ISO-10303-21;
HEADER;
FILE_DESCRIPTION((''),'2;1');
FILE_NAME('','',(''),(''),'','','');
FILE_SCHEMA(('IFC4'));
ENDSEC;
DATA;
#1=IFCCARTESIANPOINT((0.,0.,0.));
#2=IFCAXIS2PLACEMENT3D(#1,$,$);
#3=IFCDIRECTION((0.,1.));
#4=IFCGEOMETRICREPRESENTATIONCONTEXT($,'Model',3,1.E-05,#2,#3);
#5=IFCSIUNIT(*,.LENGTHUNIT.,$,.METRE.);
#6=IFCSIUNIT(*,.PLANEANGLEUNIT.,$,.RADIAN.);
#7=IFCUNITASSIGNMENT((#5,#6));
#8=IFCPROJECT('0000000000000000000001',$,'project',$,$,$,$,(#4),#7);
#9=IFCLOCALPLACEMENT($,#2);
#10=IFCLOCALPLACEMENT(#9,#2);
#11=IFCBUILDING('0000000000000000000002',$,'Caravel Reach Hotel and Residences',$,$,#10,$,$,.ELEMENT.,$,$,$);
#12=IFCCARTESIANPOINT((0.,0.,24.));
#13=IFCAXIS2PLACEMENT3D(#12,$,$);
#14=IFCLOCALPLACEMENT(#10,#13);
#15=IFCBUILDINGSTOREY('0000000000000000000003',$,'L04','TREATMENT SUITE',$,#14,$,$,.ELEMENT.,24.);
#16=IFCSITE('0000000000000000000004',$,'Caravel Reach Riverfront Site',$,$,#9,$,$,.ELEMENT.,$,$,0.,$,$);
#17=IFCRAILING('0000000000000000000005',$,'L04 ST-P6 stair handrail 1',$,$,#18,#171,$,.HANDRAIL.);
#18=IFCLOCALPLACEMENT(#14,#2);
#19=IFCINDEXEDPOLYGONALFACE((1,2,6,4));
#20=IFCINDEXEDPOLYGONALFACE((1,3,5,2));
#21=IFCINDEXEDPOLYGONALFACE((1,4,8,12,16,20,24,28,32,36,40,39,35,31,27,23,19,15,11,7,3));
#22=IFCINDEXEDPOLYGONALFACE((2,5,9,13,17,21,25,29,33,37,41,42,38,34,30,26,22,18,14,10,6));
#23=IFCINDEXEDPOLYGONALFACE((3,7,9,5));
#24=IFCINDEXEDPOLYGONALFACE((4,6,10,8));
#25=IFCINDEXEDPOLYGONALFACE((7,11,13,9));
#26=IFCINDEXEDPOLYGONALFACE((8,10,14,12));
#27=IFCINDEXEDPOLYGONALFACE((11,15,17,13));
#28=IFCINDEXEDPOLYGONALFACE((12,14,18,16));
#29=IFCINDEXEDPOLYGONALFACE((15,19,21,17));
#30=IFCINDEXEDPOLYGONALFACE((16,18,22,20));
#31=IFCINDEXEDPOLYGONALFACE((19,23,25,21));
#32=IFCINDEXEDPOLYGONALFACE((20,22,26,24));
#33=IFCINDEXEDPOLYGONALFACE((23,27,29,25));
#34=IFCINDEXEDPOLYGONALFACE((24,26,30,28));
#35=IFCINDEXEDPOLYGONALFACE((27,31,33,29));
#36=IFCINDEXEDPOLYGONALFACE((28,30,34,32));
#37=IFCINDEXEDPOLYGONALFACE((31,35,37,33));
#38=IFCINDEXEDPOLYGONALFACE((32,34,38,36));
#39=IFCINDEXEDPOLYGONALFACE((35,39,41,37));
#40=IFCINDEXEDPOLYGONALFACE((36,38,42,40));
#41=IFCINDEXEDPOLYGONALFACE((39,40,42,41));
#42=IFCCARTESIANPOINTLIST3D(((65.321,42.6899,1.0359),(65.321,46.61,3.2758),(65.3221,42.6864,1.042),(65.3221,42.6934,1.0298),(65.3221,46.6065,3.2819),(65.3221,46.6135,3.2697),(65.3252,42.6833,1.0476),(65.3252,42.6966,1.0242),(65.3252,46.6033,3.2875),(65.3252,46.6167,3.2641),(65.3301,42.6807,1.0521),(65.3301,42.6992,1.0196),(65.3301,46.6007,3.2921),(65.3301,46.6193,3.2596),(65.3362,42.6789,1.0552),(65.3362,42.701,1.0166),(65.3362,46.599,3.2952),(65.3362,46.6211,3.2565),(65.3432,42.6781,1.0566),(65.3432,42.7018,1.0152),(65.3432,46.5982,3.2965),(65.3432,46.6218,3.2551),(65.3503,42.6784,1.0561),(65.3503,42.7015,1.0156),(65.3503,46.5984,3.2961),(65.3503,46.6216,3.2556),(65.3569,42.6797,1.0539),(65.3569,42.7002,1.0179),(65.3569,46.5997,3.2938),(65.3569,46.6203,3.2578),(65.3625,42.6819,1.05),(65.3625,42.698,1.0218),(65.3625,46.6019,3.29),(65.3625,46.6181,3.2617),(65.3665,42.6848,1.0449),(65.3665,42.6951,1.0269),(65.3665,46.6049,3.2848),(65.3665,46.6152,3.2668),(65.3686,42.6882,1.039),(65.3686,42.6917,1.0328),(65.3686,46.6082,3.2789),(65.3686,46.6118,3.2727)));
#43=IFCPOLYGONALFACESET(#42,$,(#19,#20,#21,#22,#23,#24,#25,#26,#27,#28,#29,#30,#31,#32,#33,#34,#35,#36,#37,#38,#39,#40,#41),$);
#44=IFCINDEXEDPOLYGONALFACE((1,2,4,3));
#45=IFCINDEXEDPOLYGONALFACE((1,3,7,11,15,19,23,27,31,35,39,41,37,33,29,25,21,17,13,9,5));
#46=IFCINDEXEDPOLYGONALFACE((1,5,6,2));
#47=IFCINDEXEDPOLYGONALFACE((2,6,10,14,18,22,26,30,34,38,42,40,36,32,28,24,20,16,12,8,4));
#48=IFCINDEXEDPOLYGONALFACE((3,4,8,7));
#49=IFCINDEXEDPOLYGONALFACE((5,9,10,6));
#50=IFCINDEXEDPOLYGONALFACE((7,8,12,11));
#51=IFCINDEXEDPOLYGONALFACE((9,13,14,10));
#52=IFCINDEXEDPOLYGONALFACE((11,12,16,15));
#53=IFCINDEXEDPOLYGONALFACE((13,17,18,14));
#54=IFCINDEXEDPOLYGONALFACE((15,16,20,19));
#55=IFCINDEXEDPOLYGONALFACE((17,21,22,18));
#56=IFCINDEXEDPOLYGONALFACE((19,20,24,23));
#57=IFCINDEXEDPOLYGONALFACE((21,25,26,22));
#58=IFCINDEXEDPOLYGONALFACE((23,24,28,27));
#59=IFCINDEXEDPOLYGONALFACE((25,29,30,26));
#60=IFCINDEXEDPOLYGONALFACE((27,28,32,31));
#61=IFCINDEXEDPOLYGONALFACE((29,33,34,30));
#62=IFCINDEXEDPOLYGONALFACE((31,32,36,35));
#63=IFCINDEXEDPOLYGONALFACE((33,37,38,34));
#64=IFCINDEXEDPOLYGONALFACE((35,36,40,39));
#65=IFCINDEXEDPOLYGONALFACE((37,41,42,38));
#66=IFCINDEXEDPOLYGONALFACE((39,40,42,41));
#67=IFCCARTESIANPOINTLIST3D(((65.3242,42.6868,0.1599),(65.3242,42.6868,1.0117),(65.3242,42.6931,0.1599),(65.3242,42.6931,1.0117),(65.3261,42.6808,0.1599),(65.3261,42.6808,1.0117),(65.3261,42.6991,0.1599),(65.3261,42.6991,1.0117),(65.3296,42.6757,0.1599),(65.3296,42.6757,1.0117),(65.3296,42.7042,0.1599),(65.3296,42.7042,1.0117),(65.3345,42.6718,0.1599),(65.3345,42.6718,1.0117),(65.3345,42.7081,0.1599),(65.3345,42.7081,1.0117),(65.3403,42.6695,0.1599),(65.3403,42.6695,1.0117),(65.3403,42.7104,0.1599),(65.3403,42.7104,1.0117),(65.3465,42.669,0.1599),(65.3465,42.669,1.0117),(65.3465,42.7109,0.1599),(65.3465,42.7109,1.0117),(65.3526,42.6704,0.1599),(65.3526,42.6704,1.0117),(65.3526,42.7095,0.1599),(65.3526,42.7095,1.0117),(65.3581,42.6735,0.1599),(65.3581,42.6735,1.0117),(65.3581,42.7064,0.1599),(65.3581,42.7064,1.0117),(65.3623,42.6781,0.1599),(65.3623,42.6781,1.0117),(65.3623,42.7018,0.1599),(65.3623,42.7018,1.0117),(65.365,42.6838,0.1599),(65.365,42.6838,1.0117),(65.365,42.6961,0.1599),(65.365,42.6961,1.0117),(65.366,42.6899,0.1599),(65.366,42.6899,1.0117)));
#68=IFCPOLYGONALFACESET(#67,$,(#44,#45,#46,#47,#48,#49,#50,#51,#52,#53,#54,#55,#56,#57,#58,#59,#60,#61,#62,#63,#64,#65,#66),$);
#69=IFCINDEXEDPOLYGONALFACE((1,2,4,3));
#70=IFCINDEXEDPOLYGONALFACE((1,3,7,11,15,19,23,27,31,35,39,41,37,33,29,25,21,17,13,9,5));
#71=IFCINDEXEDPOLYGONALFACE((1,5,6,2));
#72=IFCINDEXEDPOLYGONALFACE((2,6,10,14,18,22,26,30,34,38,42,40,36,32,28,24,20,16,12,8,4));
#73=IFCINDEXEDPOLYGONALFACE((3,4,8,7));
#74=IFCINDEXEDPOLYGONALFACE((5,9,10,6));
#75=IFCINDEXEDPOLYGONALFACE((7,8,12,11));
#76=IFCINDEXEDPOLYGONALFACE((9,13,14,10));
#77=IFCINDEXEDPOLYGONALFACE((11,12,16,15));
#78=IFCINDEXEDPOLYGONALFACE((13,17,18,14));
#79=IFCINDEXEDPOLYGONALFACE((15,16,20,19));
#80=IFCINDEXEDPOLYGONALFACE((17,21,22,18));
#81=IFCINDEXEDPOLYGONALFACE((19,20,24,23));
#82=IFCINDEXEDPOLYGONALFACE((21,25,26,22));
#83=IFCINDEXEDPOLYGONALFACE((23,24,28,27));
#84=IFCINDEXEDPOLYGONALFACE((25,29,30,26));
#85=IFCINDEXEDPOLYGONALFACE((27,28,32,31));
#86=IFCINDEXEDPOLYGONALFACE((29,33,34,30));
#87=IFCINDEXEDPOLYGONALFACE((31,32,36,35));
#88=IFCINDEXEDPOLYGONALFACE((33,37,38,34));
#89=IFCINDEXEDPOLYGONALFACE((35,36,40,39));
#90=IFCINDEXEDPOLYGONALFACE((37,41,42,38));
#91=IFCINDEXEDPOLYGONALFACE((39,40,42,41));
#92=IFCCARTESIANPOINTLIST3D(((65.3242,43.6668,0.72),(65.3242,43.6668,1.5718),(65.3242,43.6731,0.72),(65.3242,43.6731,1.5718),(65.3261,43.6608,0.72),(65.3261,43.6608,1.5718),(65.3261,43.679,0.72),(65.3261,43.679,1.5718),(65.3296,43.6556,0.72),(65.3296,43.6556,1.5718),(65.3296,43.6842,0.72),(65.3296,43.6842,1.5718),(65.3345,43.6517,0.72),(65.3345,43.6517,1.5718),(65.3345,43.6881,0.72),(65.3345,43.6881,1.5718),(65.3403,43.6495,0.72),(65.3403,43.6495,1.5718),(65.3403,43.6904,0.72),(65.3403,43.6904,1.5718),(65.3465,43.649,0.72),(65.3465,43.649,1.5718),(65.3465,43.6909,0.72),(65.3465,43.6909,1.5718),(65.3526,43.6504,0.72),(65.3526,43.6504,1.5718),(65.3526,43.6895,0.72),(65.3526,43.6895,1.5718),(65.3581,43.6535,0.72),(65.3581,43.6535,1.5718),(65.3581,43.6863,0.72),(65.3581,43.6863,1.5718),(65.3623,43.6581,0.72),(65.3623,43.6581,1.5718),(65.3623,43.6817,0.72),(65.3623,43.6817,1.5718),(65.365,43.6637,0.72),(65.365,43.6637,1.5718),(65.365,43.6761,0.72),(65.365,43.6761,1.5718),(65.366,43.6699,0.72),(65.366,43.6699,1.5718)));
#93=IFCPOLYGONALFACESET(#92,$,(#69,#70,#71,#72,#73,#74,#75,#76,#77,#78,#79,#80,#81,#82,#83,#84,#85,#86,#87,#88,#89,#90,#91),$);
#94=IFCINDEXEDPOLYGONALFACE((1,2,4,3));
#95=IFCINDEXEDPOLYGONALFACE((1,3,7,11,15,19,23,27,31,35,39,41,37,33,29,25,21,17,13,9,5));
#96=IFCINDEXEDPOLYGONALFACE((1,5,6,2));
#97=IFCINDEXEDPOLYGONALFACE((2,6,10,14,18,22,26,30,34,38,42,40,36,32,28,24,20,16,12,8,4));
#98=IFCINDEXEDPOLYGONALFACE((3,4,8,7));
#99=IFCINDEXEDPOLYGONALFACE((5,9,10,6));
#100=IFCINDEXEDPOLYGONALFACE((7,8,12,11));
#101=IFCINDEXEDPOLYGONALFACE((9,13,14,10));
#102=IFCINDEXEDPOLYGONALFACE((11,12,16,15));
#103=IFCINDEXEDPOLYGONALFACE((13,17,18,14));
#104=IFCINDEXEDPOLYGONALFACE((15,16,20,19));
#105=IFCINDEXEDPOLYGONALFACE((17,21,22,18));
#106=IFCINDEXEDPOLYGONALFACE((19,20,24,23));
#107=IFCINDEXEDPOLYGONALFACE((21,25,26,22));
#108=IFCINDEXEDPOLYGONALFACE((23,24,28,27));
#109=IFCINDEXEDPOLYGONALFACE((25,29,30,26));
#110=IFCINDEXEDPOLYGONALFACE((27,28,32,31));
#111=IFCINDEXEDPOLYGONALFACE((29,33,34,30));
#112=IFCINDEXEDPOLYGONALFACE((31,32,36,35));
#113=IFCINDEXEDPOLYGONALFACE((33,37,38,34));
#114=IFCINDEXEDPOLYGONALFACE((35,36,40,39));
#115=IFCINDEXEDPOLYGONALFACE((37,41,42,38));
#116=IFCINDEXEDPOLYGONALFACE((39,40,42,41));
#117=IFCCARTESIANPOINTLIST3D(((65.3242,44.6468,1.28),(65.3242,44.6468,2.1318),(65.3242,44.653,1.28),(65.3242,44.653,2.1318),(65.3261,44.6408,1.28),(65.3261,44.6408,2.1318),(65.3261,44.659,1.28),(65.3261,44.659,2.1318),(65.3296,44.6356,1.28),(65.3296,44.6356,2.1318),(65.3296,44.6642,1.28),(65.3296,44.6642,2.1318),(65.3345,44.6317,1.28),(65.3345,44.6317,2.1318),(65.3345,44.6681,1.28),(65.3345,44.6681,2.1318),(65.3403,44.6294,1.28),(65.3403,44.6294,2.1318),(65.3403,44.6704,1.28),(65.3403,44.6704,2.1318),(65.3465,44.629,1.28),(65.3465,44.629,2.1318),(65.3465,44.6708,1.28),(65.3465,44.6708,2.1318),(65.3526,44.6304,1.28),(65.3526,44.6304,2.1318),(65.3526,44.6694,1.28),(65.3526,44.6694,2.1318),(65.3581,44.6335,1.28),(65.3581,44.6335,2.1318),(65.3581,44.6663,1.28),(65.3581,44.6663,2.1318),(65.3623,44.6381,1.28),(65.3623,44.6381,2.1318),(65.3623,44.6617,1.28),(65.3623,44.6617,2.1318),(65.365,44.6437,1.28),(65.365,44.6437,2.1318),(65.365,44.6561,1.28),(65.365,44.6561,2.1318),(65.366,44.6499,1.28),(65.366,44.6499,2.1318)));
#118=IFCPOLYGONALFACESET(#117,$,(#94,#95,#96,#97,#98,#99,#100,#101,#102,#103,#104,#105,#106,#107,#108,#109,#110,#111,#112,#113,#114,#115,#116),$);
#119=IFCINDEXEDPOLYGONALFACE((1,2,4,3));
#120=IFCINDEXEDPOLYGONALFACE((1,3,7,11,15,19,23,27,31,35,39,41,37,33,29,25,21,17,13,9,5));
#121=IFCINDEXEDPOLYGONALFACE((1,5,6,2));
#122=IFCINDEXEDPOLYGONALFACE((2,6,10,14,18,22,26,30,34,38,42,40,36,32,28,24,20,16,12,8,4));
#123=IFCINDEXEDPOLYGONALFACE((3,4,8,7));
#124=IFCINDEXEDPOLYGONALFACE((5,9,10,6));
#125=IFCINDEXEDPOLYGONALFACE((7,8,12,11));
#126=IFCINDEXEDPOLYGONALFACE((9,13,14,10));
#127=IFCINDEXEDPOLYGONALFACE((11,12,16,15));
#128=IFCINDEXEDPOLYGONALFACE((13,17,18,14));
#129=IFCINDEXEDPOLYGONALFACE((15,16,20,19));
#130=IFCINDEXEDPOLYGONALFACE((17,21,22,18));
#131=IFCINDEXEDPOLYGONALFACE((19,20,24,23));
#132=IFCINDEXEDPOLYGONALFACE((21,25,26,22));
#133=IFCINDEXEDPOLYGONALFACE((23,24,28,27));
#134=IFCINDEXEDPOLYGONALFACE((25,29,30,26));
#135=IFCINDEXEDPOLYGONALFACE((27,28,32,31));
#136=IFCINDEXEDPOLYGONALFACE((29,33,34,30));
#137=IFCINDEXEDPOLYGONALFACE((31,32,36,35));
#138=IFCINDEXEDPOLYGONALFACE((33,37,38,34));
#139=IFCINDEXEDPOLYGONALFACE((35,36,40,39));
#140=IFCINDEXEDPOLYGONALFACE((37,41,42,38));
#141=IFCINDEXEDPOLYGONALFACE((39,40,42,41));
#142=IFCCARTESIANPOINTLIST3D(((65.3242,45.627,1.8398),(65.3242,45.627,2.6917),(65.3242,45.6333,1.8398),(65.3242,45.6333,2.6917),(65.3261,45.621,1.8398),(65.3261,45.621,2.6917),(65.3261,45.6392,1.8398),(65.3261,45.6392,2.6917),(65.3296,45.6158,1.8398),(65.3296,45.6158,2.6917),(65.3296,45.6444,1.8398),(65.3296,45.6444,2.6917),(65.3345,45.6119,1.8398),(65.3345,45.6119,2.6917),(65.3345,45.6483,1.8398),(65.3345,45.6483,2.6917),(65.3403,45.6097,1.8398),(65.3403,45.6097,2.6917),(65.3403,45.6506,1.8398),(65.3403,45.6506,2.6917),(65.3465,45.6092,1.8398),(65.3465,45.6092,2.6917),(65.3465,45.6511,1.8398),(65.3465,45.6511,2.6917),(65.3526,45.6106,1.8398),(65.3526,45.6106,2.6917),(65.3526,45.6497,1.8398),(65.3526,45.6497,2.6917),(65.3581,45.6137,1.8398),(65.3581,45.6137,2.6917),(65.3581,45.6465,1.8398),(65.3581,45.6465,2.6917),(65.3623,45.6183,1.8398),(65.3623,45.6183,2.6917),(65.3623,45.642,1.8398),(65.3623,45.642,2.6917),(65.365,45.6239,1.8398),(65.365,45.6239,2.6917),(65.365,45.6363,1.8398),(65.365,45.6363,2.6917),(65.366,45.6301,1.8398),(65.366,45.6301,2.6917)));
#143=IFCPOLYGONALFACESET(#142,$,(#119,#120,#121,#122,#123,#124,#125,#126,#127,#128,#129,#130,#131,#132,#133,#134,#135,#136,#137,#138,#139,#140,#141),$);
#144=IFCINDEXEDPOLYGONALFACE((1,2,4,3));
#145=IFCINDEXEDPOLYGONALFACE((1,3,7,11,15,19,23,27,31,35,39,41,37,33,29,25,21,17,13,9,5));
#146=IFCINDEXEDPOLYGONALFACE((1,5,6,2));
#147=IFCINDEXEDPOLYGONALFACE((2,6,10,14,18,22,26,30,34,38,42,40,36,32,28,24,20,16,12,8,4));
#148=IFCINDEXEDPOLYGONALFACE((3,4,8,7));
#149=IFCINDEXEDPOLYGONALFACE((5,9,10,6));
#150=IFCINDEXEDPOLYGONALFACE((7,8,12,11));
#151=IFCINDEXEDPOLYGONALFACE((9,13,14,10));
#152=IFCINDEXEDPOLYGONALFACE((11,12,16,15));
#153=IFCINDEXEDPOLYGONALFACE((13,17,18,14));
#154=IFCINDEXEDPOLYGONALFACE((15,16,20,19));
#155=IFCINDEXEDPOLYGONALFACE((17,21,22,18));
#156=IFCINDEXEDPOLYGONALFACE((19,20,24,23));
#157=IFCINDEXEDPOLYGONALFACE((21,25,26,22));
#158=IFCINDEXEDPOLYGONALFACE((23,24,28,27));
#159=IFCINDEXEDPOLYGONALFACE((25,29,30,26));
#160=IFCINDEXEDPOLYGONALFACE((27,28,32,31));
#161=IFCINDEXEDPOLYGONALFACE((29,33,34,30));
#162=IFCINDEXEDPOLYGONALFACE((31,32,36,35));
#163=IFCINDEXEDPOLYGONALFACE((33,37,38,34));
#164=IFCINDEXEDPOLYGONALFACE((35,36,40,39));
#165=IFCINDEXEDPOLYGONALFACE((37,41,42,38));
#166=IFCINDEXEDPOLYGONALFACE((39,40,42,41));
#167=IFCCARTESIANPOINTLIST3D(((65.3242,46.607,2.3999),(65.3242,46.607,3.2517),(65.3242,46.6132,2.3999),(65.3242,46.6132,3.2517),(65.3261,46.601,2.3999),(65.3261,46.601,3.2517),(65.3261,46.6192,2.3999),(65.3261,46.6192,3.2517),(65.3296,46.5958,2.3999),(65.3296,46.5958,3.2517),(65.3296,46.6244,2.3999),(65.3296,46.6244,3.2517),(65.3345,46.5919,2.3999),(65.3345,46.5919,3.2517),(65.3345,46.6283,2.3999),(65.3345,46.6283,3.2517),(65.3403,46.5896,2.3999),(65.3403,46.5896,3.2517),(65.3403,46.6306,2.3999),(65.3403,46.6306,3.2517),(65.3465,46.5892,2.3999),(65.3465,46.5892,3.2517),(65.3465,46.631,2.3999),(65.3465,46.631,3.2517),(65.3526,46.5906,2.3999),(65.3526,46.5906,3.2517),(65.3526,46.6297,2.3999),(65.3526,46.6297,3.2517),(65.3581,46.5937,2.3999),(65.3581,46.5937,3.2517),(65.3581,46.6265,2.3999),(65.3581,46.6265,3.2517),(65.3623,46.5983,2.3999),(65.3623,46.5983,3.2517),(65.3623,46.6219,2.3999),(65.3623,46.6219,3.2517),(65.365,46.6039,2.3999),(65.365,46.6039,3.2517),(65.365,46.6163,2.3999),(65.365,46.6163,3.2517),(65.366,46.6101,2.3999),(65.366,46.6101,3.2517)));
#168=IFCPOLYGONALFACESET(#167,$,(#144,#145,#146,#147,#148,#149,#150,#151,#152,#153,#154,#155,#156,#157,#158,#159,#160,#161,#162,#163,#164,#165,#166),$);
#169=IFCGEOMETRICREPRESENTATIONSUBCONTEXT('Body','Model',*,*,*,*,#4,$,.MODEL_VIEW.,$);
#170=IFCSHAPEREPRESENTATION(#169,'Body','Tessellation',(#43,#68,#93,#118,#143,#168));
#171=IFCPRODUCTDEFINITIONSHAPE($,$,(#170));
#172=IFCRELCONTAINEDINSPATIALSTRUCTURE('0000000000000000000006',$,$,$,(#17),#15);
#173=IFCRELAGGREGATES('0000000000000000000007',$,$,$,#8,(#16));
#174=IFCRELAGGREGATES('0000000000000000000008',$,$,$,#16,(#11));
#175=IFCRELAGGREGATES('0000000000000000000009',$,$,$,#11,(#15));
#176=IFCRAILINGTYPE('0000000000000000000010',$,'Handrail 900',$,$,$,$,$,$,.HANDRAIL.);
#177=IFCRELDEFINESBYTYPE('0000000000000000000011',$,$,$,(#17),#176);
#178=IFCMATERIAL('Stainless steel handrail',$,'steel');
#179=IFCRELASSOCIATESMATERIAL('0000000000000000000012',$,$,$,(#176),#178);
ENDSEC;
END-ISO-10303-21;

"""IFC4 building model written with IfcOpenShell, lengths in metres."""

from ifc_helpers import new_model, si_unit, direction, frame, origin, origin_2d, place, context, subcontext, project, spatial, circle, extrude, material, type_object, element, save


model = new_model("IFC4")

# Units and contexts
model_context = context("Model", 3, precision=1e-05, world=origin(), true_north=direction((0.0, 1.0)))
body_context = subcontext(model_context, "Body", "Model", "MODEL_VIEW")
ifc_project = project(units=[si_unit("LENGTHUNIT", "METRE"), si_unit("PLANEANGLEUNIT", "RADIAN")], contexts=[model_context])

# Site, building, storey
site_placement = place(None, origin())
site = spatial("IfcSite", under=ifc_project, at=site_placement, Name="Caravel Reach Riverfront Site", CompositionType="ELEMENT", RefElevation=0.0)
building_placement = place(site_placement, origin())
building = spatial("IfcBuilding", under=site, at=building_placement, Name="Caravel Reach Hotel and Residences", CompositionType="ELEMENT")
storey_placement = place(building_placement, frame((0.0, 0.0, 24.0)))
storey = spatial("IfcBuildingStorey", under=building, at=storey_placement, Name="L04", Description="TREATMENT SUITE", CompositionType="ELEMENT", Elevation=24.0)

# Railing
ifc_material_1 = material(Name="Stainless steel handrail", Category="steel")
railing_type_1 = type_object("IfcRailingType", Name="Handrail 900", PredefinedType="HANDRAIL", material=ifc_material_1)
railing_1_placement = place(storey_placement, frame((65.345, 42.6899, 0.1599)))
element("IfcRailing", 1, at=railing_1_placement, inside=storey, type_object=railing_type_1, Name="L04 ST-P6 stair handrail 1", PredefinedType="HANDRAIL", context=body_context, shape_type="SweptSolid", body=[
    extrude(circle(Radius=0.0239, at=origin_2d()), frame((0.0, 0.0, 0.876), z_axis=(0.0, 0.868253, 0.496121), x_axis=(-1.0, 0.0, 0.0)), (0.0, 0.0, 1.0), 4.5149),
    extrude(circle(Radius=0.021, at=origin_2d()), origin(), (0.0, 0.0, 1.0), 0.8518),
    extrude(circle(Radius=0.021, at=origin_2d()), frame((0.0, 0.98, 0.5601)), (0.0, 0.0, 1.0), 0.8518),
    extrude(circle(Radius=0.021, at=origin_2d()), frame((0.0, 1.96, 1.1201)), (0.0, 0.0, 1.0), 0.8518),
    extrude(circle(Radius=0.021, at=origin_2d()), frame((0.0, 2.9402, 1.6799)), (0.0, 0.0, 1.0), 0.8518),
    extrude(circle(Radius=0.021, at=origin_2d()), frame((0.0, 3.9202, 2.24)), (0.0, 0.0, 1.0), 0.8518),
])

save(model, "model.ifc")
